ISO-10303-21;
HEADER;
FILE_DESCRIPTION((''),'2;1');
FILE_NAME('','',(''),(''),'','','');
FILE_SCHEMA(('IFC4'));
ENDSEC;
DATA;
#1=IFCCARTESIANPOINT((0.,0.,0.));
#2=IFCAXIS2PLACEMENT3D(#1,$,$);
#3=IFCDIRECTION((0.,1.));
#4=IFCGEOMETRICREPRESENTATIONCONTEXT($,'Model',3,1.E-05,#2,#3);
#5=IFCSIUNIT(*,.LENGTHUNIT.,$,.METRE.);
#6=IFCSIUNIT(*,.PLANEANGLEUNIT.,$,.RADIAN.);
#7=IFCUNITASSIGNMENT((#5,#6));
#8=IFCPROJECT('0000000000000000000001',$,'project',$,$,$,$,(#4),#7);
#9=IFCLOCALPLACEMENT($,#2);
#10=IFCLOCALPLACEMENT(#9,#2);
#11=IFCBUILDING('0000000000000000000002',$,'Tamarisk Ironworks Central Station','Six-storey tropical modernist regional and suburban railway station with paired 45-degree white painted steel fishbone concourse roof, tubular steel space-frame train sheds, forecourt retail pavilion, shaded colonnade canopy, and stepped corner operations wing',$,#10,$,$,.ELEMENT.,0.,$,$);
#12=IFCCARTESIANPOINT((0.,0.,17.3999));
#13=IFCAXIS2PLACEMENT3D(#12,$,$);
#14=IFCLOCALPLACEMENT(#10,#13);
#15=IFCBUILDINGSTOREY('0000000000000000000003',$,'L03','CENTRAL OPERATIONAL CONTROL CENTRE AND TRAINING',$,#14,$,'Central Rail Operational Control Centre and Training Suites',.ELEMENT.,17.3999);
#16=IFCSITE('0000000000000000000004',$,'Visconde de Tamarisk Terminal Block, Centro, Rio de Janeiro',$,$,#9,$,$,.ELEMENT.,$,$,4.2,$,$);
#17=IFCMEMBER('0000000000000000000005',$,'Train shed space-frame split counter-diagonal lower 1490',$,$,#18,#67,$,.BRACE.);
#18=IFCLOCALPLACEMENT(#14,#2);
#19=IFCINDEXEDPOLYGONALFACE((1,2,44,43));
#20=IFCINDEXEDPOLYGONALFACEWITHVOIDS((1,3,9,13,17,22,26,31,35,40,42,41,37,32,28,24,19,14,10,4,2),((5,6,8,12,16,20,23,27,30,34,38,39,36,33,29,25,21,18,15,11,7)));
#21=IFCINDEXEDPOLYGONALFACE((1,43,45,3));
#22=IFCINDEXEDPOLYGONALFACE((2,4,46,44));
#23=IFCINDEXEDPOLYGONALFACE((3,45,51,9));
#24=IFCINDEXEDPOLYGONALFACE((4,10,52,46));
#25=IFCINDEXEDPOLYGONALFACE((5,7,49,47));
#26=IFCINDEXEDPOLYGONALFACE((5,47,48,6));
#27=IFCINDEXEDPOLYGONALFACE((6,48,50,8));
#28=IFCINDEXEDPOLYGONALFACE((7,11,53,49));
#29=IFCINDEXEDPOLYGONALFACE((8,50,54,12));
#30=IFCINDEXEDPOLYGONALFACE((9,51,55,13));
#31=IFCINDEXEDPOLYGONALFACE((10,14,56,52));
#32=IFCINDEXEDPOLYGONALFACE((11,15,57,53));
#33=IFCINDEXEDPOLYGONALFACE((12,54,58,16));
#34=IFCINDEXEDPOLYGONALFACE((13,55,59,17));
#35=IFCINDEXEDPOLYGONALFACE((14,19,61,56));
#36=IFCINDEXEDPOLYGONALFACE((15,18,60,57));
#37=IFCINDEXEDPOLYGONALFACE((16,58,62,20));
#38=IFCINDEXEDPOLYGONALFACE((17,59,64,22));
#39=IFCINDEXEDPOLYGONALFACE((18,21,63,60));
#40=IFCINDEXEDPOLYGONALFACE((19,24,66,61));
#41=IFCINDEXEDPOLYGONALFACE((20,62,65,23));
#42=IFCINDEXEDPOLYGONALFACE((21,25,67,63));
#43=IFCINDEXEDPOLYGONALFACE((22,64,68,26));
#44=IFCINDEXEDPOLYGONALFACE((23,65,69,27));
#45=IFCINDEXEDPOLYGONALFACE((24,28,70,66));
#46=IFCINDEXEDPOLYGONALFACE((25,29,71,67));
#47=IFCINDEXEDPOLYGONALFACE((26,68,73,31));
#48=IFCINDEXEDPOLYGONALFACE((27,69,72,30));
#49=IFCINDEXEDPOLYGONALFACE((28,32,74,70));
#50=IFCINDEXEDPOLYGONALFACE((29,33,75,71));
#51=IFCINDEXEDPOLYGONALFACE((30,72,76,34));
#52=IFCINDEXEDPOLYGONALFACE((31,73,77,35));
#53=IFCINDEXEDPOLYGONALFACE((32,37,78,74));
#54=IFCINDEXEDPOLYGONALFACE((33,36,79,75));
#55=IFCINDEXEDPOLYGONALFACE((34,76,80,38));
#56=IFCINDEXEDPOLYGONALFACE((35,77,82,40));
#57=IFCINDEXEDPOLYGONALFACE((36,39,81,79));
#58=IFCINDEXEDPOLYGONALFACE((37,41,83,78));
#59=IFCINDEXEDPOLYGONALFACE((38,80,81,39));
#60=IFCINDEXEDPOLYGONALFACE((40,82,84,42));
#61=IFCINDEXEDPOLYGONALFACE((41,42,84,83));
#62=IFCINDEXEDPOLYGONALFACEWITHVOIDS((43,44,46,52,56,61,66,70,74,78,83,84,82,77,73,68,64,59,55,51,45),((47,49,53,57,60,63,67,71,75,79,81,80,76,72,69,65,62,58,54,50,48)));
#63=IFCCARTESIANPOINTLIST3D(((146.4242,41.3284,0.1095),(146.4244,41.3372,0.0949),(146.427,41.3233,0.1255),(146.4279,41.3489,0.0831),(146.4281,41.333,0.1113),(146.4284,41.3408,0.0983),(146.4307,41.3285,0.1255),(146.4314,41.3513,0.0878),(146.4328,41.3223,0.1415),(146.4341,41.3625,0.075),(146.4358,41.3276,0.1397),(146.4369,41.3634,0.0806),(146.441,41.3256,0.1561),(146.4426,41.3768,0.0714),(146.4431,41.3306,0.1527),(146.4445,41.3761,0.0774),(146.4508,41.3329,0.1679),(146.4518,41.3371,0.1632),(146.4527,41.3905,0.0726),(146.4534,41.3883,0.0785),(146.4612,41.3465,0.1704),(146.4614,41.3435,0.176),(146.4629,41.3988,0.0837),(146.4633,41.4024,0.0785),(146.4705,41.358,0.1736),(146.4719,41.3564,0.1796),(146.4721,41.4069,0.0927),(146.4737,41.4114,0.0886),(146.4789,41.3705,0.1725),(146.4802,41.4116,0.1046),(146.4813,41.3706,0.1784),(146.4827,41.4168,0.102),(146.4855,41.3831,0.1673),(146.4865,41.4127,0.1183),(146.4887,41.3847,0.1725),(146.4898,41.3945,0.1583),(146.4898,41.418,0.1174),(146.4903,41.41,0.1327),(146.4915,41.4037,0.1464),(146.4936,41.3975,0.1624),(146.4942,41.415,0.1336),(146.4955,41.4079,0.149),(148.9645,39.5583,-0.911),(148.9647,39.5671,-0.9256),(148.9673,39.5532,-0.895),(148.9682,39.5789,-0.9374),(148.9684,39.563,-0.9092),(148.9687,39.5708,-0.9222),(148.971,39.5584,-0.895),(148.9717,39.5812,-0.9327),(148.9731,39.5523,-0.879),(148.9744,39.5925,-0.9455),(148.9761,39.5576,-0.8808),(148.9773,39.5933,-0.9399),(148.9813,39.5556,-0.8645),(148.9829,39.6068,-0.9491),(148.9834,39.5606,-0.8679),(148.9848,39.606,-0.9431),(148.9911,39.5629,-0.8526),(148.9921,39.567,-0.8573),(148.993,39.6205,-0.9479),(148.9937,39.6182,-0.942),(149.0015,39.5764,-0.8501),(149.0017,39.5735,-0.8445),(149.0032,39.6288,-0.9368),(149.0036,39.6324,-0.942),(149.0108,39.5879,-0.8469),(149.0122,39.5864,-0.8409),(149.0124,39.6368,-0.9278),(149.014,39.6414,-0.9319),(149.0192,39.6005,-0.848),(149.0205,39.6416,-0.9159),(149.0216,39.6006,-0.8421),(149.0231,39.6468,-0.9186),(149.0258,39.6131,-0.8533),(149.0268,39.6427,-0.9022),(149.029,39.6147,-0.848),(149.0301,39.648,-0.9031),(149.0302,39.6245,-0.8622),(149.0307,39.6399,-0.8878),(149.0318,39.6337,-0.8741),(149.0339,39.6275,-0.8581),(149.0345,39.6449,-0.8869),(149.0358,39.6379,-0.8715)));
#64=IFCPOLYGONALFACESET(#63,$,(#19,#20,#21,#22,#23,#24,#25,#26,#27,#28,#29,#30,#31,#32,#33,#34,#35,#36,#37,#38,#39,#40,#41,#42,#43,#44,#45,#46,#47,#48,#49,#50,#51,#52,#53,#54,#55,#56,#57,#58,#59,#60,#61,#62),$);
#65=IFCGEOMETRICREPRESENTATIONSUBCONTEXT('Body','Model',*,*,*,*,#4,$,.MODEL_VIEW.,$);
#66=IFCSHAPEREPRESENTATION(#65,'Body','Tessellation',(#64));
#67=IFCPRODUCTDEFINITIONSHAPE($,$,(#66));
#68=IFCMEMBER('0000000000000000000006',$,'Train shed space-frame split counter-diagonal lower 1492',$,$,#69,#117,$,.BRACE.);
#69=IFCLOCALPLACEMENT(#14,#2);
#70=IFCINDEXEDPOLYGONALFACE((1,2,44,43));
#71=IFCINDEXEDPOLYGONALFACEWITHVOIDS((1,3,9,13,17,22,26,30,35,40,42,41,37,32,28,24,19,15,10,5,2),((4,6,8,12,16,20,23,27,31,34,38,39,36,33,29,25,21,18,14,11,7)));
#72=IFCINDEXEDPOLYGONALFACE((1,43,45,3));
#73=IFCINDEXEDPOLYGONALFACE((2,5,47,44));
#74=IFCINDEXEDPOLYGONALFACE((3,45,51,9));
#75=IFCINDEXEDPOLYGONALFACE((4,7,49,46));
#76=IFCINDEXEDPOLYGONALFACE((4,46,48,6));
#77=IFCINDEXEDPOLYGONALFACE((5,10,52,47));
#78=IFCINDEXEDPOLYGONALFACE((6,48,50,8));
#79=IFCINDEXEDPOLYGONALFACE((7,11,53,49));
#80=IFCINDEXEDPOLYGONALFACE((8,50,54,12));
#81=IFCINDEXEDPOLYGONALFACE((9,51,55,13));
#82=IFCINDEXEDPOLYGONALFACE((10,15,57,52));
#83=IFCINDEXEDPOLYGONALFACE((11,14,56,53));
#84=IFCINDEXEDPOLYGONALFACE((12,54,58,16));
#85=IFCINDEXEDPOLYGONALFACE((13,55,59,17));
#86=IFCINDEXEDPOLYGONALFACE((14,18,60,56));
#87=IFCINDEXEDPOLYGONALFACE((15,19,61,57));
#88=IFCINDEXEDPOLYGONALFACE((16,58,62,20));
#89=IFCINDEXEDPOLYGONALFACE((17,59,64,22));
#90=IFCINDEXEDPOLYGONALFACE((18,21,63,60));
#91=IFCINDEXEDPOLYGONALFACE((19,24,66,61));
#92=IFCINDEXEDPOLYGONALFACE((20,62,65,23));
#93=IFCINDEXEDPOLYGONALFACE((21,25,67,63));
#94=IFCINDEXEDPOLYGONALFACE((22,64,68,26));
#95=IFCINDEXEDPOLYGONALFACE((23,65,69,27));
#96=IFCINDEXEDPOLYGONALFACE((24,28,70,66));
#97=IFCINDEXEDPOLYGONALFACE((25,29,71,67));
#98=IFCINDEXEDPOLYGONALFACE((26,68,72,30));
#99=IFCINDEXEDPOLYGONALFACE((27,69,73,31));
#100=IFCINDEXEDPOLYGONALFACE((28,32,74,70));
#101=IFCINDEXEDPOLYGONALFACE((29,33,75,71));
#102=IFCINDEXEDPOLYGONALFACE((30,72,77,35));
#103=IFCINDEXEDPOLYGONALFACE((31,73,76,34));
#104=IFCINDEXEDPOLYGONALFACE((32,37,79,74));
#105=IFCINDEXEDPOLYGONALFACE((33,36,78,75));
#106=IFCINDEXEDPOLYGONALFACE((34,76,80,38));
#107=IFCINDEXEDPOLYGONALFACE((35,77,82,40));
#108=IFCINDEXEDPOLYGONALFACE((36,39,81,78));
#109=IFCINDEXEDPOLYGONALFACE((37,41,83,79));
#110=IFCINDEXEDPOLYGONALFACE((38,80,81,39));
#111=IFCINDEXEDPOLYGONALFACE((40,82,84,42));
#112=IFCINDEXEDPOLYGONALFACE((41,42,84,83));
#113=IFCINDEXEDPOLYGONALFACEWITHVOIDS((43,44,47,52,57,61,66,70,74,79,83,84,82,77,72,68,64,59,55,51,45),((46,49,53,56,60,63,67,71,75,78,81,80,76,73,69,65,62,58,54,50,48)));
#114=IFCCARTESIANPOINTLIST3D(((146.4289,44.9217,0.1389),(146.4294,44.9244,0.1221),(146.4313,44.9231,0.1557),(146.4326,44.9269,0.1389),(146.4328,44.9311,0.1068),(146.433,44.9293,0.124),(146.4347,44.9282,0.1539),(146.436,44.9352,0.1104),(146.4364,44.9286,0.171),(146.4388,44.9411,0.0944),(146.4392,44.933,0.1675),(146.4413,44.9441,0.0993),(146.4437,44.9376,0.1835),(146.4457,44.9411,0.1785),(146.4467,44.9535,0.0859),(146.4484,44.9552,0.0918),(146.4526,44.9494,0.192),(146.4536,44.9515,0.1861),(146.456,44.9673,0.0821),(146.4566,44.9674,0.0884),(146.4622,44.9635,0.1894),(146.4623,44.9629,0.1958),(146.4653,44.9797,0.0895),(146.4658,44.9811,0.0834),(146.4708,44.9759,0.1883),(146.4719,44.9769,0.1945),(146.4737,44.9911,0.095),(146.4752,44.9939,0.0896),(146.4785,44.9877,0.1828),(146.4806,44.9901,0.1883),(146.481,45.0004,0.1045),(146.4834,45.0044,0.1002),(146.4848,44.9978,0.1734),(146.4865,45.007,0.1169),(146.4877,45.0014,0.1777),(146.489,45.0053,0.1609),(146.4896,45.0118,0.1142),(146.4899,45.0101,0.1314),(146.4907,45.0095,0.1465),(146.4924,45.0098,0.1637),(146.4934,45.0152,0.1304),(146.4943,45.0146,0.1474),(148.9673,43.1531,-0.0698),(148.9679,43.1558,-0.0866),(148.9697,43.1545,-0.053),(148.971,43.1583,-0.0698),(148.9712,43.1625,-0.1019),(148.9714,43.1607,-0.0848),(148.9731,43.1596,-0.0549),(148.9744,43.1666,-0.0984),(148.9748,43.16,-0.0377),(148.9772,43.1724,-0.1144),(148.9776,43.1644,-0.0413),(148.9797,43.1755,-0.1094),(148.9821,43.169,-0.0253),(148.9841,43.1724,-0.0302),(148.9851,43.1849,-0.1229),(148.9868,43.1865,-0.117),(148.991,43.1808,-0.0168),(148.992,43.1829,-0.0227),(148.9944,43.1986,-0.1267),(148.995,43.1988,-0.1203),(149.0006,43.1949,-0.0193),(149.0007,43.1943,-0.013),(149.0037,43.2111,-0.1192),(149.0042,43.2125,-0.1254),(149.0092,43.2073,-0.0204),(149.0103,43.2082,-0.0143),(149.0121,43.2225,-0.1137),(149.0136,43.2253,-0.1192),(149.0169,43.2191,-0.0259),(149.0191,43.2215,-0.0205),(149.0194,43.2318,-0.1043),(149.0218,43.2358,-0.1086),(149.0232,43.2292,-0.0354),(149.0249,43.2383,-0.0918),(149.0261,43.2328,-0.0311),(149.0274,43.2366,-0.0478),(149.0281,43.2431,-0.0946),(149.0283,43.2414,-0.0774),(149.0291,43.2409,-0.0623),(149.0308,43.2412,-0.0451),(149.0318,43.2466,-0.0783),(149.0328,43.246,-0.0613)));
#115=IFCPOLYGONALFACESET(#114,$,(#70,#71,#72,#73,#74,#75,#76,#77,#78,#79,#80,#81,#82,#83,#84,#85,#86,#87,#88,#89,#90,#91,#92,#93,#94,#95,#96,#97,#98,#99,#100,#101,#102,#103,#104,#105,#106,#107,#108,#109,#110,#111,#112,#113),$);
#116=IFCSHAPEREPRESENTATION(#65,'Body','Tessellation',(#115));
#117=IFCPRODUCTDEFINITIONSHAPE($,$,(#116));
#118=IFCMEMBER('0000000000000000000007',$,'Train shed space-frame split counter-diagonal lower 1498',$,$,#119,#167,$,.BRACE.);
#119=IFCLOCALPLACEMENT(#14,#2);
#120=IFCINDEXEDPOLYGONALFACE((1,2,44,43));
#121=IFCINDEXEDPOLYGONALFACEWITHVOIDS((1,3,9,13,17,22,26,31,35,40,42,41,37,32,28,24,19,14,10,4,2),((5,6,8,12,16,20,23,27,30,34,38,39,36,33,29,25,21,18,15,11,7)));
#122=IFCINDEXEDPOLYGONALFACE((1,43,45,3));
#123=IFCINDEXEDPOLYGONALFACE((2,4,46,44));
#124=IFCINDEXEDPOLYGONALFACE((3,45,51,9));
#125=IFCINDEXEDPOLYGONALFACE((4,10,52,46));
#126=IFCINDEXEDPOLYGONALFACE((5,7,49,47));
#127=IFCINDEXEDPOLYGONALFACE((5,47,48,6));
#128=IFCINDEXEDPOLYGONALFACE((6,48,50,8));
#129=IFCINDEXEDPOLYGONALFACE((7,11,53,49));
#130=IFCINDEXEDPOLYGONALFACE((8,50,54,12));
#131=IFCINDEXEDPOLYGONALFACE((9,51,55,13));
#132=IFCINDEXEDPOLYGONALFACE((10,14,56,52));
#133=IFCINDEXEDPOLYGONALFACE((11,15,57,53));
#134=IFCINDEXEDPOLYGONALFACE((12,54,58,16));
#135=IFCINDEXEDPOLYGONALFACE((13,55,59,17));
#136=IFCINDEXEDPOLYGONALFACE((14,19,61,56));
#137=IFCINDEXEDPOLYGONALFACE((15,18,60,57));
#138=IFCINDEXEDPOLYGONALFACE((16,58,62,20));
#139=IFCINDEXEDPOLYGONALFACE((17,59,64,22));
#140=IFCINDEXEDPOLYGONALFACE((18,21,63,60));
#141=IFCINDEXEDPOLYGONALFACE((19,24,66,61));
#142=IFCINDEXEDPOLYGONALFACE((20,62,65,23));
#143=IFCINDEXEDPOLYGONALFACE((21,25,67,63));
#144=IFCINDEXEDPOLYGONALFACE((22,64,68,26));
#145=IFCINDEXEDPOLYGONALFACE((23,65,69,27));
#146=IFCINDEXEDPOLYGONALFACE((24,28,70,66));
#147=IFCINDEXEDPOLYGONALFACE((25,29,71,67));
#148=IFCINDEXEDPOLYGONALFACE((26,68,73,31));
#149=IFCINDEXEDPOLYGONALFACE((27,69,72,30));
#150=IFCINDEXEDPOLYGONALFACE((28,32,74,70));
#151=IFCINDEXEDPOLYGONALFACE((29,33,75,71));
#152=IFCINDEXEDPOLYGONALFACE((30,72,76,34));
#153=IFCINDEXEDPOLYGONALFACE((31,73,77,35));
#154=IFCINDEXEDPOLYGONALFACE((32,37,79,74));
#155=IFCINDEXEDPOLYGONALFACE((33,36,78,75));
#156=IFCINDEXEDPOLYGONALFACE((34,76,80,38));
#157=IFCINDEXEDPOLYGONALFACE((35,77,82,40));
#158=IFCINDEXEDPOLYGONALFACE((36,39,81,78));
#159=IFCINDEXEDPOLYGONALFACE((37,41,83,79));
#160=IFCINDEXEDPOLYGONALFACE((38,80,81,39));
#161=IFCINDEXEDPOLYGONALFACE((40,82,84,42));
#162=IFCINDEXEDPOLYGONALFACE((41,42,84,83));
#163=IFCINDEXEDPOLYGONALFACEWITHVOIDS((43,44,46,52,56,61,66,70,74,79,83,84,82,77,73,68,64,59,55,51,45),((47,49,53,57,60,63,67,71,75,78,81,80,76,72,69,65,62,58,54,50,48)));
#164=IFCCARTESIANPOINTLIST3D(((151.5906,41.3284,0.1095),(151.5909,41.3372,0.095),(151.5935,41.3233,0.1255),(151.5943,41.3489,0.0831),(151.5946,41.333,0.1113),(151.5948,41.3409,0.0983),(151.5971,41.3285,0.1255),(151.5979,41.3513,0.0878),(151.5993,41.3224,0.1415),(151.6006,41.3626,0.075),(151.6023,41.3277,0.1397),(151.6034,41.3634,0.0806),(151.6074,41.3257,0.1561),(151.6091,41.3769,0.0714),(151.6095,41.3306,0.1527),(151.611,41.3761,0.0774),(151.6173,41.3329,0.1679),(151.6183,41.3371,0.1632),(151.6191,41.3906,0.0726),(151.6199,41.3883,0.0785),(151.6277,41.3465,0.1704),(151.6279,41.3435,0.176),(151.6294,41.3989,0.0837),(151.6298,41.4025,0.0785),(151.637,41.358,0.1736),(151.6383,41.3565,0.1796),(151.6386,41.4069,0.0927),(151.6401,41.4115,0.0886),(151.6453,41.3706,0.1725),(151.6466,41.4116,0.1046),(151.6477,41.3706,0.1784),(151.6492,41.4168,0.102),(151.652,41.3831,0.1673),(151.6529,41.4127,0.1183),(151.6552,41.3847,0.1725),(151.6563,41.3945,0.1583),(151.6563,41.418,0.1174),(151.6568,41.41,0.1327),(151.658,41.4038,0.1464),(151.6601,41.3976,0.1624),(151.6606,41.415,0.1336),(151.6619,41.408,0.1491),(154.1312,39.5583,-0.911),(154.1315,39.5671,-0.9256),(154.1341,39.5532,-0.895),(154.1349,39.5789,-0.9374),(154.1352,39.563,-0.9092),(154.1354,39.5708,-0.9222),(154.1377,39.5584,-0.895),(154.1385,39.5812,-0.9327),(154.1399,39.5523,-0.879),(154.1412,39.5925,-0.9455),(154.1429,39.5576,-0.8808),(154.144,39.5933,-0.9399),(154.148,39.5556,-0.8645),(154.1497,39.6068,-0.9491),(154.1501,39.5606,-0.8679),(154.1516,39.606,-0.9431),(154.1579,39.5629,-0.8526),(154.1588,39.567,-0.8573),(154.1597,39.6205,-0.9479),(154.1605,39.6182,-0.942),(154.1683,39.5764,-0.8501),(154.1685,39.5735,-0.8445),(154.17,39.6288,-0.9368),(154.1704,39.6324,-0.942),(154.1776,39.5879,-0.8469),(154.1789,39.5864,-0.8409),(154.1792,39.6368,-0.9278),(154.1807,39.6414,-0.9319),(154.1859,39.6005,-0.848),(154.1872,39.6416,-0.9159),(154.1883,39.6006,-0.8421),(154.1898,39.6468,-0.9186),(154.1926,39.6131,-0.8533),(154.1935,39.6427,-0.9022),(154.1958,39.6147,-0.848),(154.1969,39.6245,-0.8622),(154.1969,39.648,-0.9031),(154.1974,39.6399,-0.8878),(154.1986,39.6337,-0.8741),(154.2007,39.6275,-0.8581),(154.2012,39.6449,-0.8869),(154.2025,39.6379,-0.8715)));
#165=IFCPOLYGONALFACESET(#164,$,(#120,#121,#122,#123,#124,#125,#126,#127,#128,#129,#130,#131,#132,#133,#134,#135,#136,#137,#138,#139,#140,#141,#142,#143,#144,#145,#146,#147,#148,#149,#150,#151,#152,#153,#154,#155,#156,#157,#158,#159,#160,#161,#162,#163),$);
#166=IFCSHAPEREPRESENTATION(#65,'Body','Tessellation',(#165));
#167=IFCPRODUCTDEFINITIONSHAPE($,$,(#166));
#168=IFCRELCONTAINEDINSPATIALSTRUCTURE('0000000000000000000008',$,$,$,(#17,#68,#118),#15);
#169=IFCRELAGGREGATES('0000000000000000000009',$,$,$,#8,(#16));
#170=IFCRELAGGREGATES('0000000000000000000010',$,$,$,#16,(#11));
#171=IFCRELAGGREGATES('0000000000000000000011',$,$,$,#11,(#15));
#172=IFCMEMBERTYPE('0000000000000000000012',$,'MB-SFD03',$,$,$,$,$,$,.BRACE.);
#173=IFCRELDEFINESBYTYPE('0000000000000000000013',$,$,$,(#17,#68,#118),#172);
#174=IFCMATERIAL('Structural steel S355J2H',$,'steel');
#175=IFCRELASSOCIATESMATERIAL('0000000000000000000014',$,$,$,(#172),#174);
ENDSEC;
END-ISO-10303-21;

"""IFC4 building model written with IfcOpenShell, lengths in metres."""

from ifc_helpers import new_model, si_unit, direction, frame, origin, origin_2d, place, context, subcontext, project, spatial, hollow_circle, extrude, material, material_profile, profile_set, type_object, element, save


model = new_model("IFC4")

# Units and contexts
model_context = context("Model", 3, precision=1e-05, world=origin(), true_north=direction((0.0, 1.0)))
body_context = subcontext(model_context, "Body", "Model", "MODEL_VIEW")
ifc_project = project(units=[si_unit("LENGTHUNIT", "METRE"), si_unit("PLANEANGLEUNIT", "RADIAN")], contexts=[model_context])

# Site, building, storey
site_placement = place(None, origin())
site = spatial("IfcSite", under=ifc_project, at=site_placement, Name="Visconde de Tamarisk Terminal Block, Centro, Rio de Janeiro", CompositionType="ELEMENT", RefElevation=4.2)
building_placement = place(site_placement, origin())
building = spatial("IfcBuilding", under=site, at=building_placement, Name="Tamarisk Ironworks Central Station", Description="Six-storey tropical modernist regional and suburban railway station with paired 45-degree white painted steel fishbone concourse roof, tubular steel space-frame train sheds, forecourt retail pavilion, shaded colonnade canopy, and stepped corner operations wing", CompositionType="ELEMENT", ElevationOfRefHeight=0.0)
storey_placement = place(building_placement, frame((0.0, 0.0, 17.3999)))
storey = spatial("IfcBuildingStorey", under=building, at=storey_placement, Name="L03", Description="CENTRAL OPERATIONAL CONTROL CENTRE AND TRAINING", LongName="Central Rail Operational Control Centre and Training Suites", CompositionType="ELEMENT", Elevation=17.3999)

# Members
ifc_material = material(Name="Structural steel S355J2H", Category="steel")
ifc_material_profile_1 = material_profile(ifc_material, hollow_circle(Radius=0.0571, WallThickness=0.0063, at=origin_2d()), Name="CHS 114.3x6.3")
ifc_profile_set_1 = profile_set([ifc_material_profile_1], Name="Structural steel S355J2H")
member_type_1 = type_object("IfcMemberType", Name="MB-SFD03", PredefinedType="BRACE", material=ifc_profile_set_1)
member_1_placement = place(storey_placement, frame((149.0, 39.6001, -0.895), z_axis=(-0.779234, 0.542955, 0.313042), x_axis=(-0.571688, -0.820471, 0.0)))
element("IfcMember", 1, at=member_1_placement, inside=storey, type_object=member_type_1, Name="Train shed space-frame split counter-diagonal lower 1490", PredefinedType="BRACE", context=body_context, shape_type="SweptSolid", body=[
    extrude(hollow_circle(Radius=0.0571, WallThickness=0.0063, at=origin_2d()), origin(), (0.0, 0.0, 1.0), 3.26),
])
member_2_placement = place(storey_placement, frame((149.0, 43.2, -0.0698), z_axis=(-0.818625, 0.570369, 0.06732), x_axis=(-0.571666, -0.820487, 0.0)))
element("IfcMember", 2, at=member_2_placement, inside=storey, type_object=member_type_1, Name="Train shed space-frame split counter-diagonal lower 1492", PredefinedType="BRACE", context=body_context, shape_type="SweptSolid", body=[
    extrude(hollow_circle(Radius=0.0571, WallThickness=0.0063, at=origin_2d()), origin(), (0.0, 0.0, 1.0), 3.1008),
])
member_3_placement = place(storey_placement, frame((154.1667, 39.6001, -0.895), z_axis=(-0.779263, 0.542923, 0.313023), x_axis=(-0.571651, -0.820497, 0.0)))
element("IfcMember", 3, at=member_3_placement, inside=storey, type_object=member_type_1, Name="Train shed space-frame split counter-diagonal lower 1498", PredefinedType="BRACE", context=body_context, shape_type="SweptSolid", body=[
    extrude(hollow_circle(Radius=0.0571, WallThickness=0.0063, at=origin_2d()), origin(), (0.0, 0.0, 1.0), 3.2603),
])

save(model, "model.ifc")
